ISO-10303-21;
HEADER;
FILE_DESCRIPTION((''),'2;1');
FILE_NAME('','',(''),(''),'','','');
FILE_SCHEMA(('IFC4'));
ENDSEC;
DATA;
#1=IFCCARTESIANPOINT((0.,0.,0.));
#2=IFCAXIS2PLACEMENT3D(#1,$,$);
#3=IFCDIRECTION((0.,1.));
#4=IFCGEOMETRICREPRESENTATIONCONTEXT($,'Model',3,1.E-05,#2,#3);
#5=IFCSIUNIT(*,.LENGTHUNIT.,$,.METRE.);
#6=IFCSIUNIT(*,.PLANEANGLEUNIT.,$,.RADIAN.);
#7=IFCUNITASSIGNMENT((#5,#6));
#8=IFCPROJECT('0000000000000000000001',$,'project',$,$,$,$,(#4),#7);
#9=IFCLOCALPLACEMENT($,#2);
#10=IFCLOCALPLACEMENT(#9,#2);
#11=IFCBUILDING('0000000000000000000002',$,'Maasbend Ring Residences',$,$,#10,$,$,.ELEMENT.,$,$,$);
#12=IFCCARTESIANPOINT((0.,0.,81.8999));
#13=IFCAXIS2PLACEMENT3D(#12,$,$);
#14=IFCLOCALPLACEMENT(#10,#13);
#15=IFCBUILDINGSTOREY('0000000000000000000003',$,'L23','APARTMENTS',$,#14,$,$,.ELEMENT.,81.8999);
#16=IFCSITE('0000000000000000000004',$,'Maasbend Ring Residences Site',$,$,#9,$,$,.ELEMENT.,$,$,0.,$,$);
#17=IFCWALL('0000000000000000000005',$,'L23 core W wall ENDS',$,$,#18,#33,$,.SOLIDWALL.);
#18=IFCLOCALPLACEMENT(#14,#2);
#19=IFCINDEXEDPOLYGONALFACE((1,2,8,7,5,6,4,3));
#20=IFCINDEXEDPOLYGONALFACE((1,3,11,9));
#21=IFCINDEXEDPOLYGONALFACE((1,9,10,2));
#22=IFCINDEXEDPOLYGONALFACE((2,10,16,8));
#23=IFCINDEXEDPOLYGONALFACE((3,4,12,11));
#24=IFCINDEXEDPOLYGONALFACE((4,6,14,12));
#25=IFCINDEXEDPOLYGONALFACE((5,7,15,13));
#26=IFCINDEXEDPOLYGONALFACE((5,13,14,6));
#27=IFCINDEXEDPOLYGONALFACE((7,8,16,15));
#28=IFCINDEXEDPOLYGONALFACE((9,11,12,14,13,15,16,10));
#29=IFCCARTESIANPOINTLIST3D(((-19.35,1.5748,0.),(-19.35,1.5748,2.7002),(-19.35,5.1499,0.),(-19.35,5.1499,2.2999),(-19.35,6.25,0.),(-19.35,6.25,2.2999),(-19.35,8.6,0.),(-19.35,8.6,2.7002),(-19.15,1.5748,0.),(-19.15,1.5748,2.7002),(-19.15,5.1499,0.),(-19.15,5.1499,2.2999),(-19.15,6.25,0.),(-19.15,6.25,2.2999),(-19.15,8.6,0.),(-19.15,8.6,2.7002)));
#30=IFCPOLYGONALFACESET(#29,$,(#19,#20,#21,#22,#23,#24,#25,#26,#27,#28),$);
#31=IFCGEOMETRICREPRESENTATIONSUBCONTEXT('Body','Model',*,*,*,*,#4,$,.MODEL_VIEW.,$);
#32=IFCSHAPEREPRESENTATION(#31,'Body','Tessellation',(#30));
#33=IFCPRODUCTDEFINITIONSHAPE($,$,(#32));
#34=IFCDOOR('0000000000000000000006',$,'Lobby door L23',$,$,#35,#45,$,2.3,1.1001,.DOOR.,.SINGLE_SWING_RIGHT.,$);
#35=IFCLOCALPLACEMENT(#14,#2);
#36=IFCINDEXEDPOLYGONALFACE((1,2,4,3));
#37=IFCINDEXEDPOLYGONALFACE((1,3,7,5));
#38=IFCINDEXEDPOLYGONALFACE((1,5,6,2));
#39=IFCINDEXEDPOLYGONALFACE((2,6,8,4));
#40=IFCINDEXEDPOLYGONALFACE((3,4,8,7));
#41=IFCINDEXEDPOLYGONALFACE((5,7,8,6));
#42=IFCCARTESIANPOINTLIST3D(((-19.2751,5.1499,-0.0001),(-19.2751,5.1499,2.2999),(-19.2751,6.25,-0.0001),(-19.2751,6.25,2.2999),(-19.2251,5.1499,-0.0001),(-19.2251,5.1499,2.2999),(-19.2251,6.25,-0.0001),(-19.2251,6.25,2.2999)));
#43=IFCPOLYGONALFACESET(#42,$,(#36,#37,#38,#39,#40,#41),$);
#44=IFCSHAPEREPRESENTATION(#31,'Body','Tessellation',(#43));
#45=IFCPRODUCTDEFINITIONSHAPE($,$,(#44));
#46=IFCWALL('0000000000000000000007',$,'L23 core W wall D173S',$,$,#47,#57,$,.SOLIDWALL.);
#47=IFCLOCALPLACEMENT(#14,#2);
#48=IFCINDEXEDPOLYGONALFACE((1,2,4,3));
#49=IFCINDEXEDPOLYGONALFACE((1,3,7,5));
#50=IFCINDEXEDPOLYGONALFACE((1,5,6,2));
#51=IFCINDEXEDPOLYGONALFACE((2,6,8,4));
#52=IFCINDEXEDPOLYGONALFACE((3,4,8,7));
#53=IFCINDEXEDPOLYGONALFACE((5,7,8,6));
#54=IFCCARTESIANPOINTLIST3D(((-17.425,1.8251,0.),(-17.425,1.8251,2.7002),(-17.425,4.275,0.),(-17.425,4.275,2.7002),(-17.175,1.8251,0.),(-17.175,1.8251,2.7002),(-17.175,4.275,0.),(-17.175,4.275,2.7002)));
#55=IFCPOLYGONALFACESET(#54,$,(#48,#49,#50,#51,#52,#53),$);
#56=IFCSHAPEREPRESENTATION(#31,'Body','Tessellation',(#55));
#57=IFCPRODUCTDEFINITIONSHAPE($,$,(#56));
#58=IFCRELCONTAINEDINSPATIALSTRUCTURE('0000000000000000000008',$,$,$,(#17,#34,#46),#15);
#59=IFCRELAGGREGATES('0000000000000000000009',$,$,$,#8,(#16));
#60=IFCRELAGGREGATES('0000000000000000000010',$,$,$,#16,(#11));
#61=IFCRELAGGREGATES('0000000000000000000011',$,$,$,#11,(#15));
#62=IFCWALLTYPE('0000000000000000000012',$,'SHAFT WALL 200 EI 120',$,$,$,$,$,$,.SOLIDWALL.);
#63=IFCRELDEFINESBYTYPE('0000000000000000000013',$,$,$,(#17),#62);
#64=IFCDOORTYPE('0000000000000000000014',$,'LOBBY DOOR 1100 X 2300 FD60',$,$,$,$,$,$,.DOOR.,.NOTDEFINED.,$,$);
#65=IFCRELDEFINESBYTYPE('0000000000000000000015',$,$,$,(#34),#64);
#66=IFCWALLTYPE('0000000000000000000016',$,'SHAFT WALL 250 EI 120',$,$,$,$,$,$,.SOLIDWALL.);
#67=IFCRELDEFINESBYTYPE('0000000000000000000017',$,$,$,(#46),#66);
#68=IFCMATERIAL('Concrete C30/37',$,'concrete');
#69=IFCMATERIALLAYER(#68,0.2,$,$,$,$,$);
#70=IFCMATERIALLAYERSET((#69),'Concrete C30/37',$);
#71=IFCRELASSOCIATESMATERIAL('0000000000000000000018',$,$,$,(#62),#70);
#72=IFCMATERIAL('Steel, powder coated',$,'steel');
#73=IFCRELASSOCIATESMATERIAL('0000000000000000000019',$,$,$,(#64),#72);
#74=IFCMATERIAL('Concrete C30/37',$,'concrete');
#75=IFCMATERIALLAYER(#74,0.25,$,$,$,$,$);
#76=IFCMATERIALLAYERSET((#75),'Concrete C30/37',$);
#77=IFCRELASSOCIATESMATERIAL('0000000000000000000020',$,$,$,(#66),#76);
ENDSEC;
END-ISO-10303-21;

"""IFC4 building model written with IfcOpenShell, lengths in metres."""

from ifc_helpers import new_model, si_unit, direction, frame, frame_2d, origin, place, context, subcontext, project, spatial, rectangle, extrude, material, layer, layer_set, type_object, element, fill, save


model = new_model("IFC4")

# Units and contexts
model_context = context("Model", 3, precision=1e-05, world=origin(), true_north=direction((0.0, 1.0)))
body_context = subcontext(model_context, "Body", "Model", "MODEL_VIEW")
ifc_project = project(units=[si_unit("LENGTHUNIT", "METRE"), si_unit("PLANEANGLEUNIT", "RADIAN")], contexts=[model_context])

# Site, building, storey
site_placement = place(None, origin())
site = spatial("IfcSite", under=ifc_project, at=site_placement, Name="Maasbend Ring Residences Site", CompositionType="ELEMENT", RefElevation=0.0)
building_placement = place(site_placement, origin())
building = spatial("IfcBuilding", under=site, at=building_placement, Name="Maasbend Ring Residences", CompositionType="ELEMENT")
storey_placement = place(building_placement, frame((0.0, 0.0, 81.8999)))
storey = spatial("IfcBuildingStorey", under=building, at=storey_placement, Name="L23", Description="APARTMENTS", CompositionType="ELEMENT", Elevation=81.8999)

# Wall, opening, door
ifc_material_1 = material(Name="Concrete C30/37", Category="concrete")
ifc_layer_1 = layer(ifc_material_1, 0.2)
ifc_layer_set_1 = layer_set([ifc_layer_1], Name="Concrete C30/37")
wall_type_1 = type_object("IfcWallType", Name="SHAFT WALL 200 EI 120", PredefinedType="SOLIDWALL", material=ifc_layer_set_1)
wall_1_placement = place(storey_placement, frame((-19.25, 8.6001, 0.0), z_axis=(0.0, 0.0, 1.0), x_axis=(0.0, -1.0, 0.0)))
wall_1 = element("IfcWall", 1, at=wall_1_placement, inside=storey, type_object=wall_type_1, Name="L23 core W wall ENDS", PredefinedType="SOLIDWALL", context=body_context, shape_type="SweptSolid", body=[
    extrude(rectangle(XDim=7.0251, YDim=0.2, at=frame_2d((3.5127, 0.0))), origin(), (0.0, 0.0, 1.0), 2.7002),
])
opening_1_placement = place(wall_1_placement, frame((2.3501, 0.0, 0.0)))
opening_1 = element("IfcOpeningElement", 2, at=opening_1_placement, cuts=wall_1, PredefinedType="OPENING", context=body_context, shape_type="SweptSolid", body=[
    extrude(rectangle(XDim=1.1001, YDim=2.3, at=frame_2d((0.55, 1.1499))), frame((0.0, 0.1099, 0.0), z_axis=(0.0, -1.0, 0.0), x_axis=(1.0, 0.0, 0.0)), (0.0, 0.0, 1.0), 0.22),
])
ifc_material_2 = material(Name="Steel, powder coated", Category="steel")
door_type_1 = type_object("IfcDoorType", Name="LOBBY DOOR 1100 X 2300 FD60", OperationType="NOTDEFINED", PredefinedType="DOOR", material=ifc_material_2)
door_1_placement = place(opening_1_placement, origin())
door_1 = element("IfcDoor", 3, at=door_1_placement, inside=storey, type_object=door_type_1, Name="Lobby door L23", OperationType="SINGLE_SWING_RIGHT", OverallHeight=2.3, OverallWidth=1.1001, PredefinedType="DOOR", context=body_context, shape_type="SweptSolid", body=[
    extrude(rectangle(XDim=1.1001, YDim=2.3, at=frame_2d((0.55, 1.1499))), frame((0.0, 0.0249, 0.0), z_axis=(0.0, -1.0, 0.0), x_axis=(1.0, 0.0, 0.0)), (0.0, 0.0, 1.0), 0.05),
])
fill(opening_1, door_1)

# Wall
ifc_material_3 = material(Name="Concrete C30/37", Category="concrete")
ifc_layer_2 = layer(ifc_material_3, 0.25)
ifc_layer_set_2 = layer_set([ifc_layer_2], Name="Concrete C30/37")
wall_type_2 = type_object("IfcWallType", Name="SHAFT WALL 250 EI 120", PredefinedType="SOLIDWALL", material=ifc_layer_set_2)
wall_2_placement = place(storey_placement, frame((-17.3, 1.825, 0.0), z_axis=(0.0, 0.0, 1.0), x_axis=(0.0, 1.0, 0.0)))
element("IfcWall", 4, at=wall_2_placement, inside=storey, type_object=wall_type_2, Name="L23 core W wall D173S", PredefinedType="SOLIDWALL", context=body_context, shape_type="SweptSolid", body=[
    extrude(rectangle(XDim=2.45, YDim=0.25, at=frame_2d((1.2251, 0.0))), origin(), (0.0, 0.0, 1.0), 2.7002),
])

save(model, "model.ifc")
